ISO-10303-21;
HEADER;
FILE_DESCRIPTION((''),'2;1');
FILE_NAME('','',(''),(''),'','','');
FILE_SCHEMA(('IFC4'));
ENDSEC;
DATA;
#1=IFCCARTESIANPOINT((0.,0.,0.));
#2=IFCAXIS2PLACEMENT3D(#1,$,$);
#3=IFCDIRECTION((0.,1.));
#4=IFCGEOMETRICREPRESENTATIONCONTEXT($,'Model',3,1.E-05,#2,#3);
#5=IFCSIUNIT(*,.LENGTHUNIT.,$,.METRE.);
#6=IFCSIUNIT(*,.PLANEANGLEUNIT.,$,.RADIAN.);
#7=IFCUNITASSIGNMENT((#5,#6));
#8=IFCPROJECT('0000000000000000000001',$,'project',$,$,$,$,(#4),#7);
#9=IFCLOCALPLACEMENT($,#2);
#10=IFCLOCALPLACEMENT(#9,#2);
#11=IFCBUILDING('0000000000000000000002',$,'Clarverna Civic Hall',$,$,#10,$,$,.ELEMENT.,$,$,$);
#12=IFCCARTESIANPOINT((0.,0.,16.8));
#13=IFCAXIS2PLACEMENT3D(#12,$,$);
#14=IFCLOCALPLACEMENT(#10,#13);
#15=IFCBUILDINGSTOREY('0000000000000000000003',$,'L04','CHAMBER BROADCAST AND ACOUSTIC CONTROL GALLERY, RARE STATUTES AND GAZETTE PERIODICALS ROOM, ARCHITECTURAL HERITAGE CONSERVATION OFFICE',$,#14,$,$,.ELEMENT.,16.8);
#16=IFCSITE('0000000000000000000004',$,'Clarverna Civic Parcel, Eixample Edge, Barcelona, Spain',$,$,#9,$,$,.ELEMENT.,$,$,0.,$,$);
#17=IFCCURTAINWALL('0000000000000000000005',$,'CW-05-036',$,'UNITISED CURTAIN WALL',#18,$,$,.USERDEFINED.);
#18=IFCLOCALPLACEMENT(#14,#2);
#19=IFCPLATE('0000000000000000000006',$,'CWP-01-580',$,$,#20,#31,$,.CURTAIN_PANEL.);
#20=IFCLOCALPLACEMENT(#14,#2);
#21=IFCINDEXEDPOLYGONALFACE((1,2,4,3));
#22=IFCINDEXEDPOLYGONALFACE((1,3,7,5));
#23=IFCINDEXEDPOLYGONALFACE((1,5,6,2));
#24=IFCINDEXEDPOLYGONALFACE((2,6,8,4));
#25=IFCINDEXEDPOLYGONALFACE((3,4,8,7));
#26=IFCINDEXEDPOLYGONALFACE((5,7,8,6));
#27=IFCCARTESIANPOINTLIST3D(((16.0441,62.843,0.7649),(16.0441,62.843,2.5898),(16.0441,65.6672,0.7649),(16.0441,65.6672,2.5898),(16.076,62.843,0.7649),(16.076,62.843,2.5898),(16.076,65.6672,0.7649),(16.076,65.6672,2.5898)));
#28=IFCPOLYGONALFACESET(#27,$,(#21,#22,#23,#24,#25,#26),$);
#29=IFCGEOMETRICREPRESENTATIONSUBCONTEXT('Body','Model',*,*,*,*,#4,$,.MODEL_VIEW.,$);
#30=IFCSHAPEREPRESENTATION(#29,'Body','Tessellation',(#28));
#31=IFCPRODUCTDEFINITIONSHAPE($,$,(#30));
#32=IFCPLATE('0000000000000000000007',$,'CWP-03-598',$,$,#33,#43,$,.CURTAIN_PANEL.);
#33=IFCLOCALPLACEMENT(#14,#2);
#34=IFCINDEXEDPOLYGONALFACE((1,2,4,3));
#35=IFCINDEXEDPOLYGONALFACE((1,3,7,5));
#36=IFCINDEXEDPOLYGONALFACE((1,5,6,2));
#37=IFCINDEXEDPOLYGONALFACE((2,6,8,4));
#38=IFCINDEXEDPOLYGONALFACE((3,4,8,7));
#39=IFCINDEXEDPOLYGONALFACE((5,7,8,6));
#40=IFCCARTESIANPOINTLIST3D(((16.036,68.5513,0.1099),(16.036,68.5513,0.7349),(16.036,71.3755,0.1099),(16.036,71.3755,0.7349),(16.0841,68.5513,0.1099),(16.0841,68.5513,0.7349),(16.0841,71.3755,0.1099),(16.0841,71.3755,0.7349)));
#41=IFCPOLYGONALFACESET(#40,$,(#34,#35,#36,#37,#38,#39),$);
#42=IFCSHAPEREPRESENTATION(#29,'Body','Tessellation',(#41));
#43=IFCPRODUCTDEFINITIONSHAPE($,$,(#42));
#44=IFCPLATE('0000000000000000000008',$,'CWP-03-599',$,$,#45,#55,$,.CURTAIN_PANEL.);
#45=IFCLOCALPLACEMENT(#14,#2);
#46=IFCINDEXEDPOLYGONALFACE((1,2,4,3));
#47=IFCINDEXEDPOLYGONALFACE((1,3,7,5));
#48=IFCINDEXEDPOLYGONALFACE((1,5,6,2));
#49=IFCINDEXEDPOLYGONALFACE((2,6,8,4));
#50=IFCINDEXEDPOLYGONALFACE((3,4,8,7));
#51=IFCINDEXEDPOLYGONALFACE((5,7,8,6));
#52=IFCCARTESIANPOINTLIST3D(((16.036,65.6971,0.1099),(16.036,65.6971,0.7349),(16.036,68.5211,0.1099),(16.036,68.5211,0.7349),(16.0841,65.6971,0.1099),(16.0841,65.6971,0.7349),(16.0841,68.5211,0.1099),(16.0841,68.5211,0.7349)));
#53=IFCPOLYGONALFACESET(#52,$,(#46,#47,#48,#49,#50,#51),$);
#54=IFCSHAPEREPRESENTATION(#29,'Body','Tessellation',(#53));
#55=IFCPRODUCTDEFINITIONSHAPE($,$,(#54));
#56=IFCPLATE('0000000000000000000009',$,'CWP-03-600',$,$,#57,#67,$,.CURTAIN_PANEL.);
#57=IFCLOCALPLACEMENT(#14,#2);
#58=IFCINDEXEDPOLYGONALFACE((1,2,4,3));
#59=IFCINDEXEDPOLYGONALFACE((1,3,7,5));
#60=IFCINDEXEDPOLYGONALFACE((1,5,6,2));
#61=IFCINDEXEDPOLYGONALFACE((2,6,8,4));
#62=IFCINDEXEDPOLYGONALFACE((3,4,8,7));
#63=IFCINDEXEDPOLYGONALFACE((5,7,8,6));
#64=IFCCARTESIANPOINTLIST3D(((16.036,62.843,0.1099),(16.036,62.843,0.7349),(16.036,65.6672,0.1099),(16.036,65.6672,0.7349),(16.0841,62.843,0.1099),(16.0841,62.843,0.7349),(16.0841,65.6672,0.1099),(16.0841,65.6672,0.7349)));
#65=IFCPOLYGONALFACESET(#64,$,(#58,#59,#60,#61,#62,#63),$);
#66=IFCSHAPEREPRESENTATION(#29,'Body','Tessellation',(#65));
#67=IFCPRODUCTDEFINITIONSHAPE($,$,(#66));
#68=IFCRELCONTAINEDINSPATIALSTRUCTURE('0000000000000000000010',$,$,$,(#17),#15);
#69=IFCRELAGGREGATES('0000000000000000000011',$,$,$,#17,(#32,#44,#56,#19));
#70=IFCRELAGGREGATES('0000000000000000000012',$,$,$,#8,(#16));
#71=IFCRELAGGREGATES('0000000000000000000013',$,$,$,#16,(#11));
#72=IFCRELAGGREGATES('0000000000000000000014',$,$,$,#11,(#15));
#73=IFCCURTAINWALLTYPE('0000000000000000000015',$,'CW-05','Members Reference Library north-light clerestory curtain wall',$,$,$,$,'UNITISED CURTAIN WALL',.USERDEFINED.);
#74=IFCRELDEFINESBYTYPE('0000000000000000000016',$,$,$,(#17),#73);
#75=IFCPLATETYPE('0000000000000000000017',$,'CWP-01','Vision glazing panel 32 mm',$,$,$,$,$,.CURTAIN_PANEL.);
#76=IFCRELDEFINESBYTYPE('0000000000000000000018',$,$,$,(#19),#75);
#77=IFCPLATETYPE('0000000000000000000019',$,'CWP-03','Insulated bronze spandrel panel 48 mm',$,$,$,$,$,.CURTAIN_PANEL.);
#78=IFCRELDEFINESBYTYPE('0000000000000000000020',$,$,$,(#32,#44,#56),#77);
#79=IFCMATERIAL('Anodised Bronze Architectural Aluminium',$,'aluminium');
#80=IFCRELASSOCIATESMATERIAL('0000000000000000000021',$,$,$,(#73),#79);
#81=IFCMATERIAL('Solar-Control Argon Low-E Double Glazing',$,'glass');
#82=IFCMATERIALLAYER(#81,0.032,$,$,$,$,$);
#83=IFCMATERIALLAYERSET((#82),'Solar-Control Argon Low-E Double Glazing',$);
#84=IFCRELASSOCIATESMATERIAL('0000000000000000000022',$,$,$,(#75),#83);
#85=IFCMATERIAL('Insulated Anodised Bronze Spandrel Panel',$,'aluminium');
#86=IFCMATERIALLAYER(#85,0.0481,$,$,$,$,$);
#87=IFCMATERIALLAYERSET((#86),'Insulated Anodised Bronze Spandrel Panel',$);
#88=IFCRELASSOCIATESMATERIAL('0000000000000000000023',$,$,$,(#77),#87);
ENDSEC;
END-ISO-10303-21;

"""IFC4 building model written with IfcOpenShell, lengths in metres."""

from ifc_helpers import new_model, si_unit, direction, frame, frame_2d, origin, place, context, subcontext, project, spatial, rectangle, extrude, material, layer, layer_set, type_object, element, aggregate, save


model = new_model("IFC4")

# Units and contexts
model_context = context("Model", 3, precision=1e-05, world=origin(), true_north=direction((0.0, 1.0)))
body_context = subcontext(model_context, "Body", "Model", "MODEL_VIEW")
ifc_project = project(units=[si_unit("LENGTHUNIT", "METRE"), si_unit("PLANEANGLEUNIT", "RADIAN")], contexts=[model_context])

# Site, building, storey
site_placement = place(None, origin())
site = spatial("IfcSite", under=ifc_project, at=site_placement, Name="Clarverna Civic Parcel, Eixample Edge, Barcelona, Spain", CompositionType="ELEMENT", RefElevation=0.0)
building_placement = place(site_placement, origin())
building = spatial("IfcBuilding", under=site, at=building_placement, Name="Clarverna Civic Hall", CompositionType="ELEMENT")
storey_placement = place(building_placement, frame((0.0, 0.0, 16.8)))
storey = spatial("IfcBuildingStorey", under=building, at=storey_placement, Name="L04", Description="CHAMBER BROADCAST AND ACOUSTIC CONTROL GALLERY, RARE STATUTES AND GAZETTE PERIODICALS ROOM, ARCHITECTURAL HERITAGE CONSERVATION OFFICE", CompositionType="ELEMENT", Elevation=16.8)

# Curtain wall, plates
ifc_material_1 = material(Name="Anodised Bronze Architectural Aluminium", Category="aluminium")
curtain_wall_type = type_object("IfcCurtainWallType", Name="CW-05", Description="Members Reference Library north-light clerestory curtain wall", ElementType="UNITISED CURTAIN WALL", PredefinedType="USERDEFINED", material=ifc_material_1)
curtain_wall_placement = place(storey_placement, origin())
curtain_wall = element("IfcCurtainWall", 1, at=curtain_wall_placement, inside=storey, type_object=curtain_wall_type, Name="CW-05-036", ObjectType="UNITISED CURTAIN WALL", PredefinedType="USERDEFINED")
ifc_material_2 = material(Name="Solar-Control Argon Low-E Double Glazing", Category="glass")
ifc_layer_1 = layer(ifc_material_2, 0.032)
ifc_layer_set_1 = layer_set([ifc_layer_1], Name="Solar-Control Argon Low-E Double Glazing")
plate_type_1 = type_object("IfcPlateType", Name="CWP-01", Description="Vision glazing panel 32 mm", PredefinedType="CURTAIN_PANEL", material=ifc_layer_set_1)
plate_1_placement = place(storey_placement, frame((16.0601, 65.6672, 0.7649), z_axis=(0.0, 0.0, 1.0), x_axis=(0.0, -1.0, 0.0)))
plate_1 = element("IfcPlate", 2, at=plate_1_placement, type_object=plate_type_1, Name="CWP-01-580", PredefinedType="CURTAIN_PANEL", context=body_context, shape_type="SweptSolid", body=[
    extrude(rectangle(XDim=2.8242, YDim=0.032, at=frame_2d((1.4121, 0.0))), origin(), (0.0, 0.0, 1.0), 1.825),
])
ifc_material_3 = material(Name="Insulated Anodised Bronze Spandrel Panel", Category="aluminium")
ifc_layer_2 = layer(ifc_material_3, 0.0481)
ifc_layer_set_2 = layer_set([ifc_layer_2], Name="Insulated Anodised Bronze Spandrel Panel")
plate_type_2 = type_object("IfcPlateType", Name="CWP-03", Description="Insulated bronze spandrel panel 48 mm", PredefinedType="CURTAIN_PANEL", material=ifc_layer_set_2)
plate_2_placement = place(storey_placement, frame((16.0601, 71.3755, 0.1099), z_axis=(0.0, 0.0, 1.0), x_axis=(0.0, -1.0, 0.0)))
plate_2 = element("IfcPlate", 3, at=plate_2_placement, type_object=plate_type_2, Name="CWP-03-598", PredefinedType="CURTAIN_PANEL", context=body_context, shape_type="SweptSolid", body=[
    extrude(rectangle(XDim=2.8242, YDim=0.0481, at=frame_2d((1.4121, 0.0))), origin(), (0.0, 0.0, 1.0), 0.625),
])
plate_3_placement = place(storey_placement, frame((16.0601, 68.5212, 0.1099), z_axis=(0.0, 0.0, 1.0), x_axis=(0.0, -1.0, 0.0)))
plate_3 = element("IfcPlate", 4, at=plate_3_placement, type_object=plate_type_2, Name="CWP-03-599", PredefinedType="CURTAIN_PANEL", context=body_context, shape_type="SweptSolid", body=[
    extrude(rectangle(XDim=2.824, YDim=0.0481, at=frame_2d((1.4121, 0.0))), origin(), (0.0, 0.0, 1.0), 0.625),
])
plate_4_placement = place(storey_placement, frame((16.0601, 65.6672, 0.1099), z_axis=(0.0, 0.0, 1.0), x_axis=(0.0, -1.0, 0.0)))
plate_4 = element("IfcPlate", 5, at=plate_4_placement, type_object=plate_type_2, Name="CWP-03-600", PredefinedType="CURTAIN_PANEL", context=body_context, shape_type="SweptSolid", body=[
    extrude(rectangle(XDim=2.8242, YDim=0.0481, at=frame_2d((1.4121, 0.0))), origin(), (0.0, 0.0, 1.0), 0.625),
])
aggregate(curtain_wall, [plate_2, plate_3, plate_4, plate_1])

save(model, "model.ifc")
